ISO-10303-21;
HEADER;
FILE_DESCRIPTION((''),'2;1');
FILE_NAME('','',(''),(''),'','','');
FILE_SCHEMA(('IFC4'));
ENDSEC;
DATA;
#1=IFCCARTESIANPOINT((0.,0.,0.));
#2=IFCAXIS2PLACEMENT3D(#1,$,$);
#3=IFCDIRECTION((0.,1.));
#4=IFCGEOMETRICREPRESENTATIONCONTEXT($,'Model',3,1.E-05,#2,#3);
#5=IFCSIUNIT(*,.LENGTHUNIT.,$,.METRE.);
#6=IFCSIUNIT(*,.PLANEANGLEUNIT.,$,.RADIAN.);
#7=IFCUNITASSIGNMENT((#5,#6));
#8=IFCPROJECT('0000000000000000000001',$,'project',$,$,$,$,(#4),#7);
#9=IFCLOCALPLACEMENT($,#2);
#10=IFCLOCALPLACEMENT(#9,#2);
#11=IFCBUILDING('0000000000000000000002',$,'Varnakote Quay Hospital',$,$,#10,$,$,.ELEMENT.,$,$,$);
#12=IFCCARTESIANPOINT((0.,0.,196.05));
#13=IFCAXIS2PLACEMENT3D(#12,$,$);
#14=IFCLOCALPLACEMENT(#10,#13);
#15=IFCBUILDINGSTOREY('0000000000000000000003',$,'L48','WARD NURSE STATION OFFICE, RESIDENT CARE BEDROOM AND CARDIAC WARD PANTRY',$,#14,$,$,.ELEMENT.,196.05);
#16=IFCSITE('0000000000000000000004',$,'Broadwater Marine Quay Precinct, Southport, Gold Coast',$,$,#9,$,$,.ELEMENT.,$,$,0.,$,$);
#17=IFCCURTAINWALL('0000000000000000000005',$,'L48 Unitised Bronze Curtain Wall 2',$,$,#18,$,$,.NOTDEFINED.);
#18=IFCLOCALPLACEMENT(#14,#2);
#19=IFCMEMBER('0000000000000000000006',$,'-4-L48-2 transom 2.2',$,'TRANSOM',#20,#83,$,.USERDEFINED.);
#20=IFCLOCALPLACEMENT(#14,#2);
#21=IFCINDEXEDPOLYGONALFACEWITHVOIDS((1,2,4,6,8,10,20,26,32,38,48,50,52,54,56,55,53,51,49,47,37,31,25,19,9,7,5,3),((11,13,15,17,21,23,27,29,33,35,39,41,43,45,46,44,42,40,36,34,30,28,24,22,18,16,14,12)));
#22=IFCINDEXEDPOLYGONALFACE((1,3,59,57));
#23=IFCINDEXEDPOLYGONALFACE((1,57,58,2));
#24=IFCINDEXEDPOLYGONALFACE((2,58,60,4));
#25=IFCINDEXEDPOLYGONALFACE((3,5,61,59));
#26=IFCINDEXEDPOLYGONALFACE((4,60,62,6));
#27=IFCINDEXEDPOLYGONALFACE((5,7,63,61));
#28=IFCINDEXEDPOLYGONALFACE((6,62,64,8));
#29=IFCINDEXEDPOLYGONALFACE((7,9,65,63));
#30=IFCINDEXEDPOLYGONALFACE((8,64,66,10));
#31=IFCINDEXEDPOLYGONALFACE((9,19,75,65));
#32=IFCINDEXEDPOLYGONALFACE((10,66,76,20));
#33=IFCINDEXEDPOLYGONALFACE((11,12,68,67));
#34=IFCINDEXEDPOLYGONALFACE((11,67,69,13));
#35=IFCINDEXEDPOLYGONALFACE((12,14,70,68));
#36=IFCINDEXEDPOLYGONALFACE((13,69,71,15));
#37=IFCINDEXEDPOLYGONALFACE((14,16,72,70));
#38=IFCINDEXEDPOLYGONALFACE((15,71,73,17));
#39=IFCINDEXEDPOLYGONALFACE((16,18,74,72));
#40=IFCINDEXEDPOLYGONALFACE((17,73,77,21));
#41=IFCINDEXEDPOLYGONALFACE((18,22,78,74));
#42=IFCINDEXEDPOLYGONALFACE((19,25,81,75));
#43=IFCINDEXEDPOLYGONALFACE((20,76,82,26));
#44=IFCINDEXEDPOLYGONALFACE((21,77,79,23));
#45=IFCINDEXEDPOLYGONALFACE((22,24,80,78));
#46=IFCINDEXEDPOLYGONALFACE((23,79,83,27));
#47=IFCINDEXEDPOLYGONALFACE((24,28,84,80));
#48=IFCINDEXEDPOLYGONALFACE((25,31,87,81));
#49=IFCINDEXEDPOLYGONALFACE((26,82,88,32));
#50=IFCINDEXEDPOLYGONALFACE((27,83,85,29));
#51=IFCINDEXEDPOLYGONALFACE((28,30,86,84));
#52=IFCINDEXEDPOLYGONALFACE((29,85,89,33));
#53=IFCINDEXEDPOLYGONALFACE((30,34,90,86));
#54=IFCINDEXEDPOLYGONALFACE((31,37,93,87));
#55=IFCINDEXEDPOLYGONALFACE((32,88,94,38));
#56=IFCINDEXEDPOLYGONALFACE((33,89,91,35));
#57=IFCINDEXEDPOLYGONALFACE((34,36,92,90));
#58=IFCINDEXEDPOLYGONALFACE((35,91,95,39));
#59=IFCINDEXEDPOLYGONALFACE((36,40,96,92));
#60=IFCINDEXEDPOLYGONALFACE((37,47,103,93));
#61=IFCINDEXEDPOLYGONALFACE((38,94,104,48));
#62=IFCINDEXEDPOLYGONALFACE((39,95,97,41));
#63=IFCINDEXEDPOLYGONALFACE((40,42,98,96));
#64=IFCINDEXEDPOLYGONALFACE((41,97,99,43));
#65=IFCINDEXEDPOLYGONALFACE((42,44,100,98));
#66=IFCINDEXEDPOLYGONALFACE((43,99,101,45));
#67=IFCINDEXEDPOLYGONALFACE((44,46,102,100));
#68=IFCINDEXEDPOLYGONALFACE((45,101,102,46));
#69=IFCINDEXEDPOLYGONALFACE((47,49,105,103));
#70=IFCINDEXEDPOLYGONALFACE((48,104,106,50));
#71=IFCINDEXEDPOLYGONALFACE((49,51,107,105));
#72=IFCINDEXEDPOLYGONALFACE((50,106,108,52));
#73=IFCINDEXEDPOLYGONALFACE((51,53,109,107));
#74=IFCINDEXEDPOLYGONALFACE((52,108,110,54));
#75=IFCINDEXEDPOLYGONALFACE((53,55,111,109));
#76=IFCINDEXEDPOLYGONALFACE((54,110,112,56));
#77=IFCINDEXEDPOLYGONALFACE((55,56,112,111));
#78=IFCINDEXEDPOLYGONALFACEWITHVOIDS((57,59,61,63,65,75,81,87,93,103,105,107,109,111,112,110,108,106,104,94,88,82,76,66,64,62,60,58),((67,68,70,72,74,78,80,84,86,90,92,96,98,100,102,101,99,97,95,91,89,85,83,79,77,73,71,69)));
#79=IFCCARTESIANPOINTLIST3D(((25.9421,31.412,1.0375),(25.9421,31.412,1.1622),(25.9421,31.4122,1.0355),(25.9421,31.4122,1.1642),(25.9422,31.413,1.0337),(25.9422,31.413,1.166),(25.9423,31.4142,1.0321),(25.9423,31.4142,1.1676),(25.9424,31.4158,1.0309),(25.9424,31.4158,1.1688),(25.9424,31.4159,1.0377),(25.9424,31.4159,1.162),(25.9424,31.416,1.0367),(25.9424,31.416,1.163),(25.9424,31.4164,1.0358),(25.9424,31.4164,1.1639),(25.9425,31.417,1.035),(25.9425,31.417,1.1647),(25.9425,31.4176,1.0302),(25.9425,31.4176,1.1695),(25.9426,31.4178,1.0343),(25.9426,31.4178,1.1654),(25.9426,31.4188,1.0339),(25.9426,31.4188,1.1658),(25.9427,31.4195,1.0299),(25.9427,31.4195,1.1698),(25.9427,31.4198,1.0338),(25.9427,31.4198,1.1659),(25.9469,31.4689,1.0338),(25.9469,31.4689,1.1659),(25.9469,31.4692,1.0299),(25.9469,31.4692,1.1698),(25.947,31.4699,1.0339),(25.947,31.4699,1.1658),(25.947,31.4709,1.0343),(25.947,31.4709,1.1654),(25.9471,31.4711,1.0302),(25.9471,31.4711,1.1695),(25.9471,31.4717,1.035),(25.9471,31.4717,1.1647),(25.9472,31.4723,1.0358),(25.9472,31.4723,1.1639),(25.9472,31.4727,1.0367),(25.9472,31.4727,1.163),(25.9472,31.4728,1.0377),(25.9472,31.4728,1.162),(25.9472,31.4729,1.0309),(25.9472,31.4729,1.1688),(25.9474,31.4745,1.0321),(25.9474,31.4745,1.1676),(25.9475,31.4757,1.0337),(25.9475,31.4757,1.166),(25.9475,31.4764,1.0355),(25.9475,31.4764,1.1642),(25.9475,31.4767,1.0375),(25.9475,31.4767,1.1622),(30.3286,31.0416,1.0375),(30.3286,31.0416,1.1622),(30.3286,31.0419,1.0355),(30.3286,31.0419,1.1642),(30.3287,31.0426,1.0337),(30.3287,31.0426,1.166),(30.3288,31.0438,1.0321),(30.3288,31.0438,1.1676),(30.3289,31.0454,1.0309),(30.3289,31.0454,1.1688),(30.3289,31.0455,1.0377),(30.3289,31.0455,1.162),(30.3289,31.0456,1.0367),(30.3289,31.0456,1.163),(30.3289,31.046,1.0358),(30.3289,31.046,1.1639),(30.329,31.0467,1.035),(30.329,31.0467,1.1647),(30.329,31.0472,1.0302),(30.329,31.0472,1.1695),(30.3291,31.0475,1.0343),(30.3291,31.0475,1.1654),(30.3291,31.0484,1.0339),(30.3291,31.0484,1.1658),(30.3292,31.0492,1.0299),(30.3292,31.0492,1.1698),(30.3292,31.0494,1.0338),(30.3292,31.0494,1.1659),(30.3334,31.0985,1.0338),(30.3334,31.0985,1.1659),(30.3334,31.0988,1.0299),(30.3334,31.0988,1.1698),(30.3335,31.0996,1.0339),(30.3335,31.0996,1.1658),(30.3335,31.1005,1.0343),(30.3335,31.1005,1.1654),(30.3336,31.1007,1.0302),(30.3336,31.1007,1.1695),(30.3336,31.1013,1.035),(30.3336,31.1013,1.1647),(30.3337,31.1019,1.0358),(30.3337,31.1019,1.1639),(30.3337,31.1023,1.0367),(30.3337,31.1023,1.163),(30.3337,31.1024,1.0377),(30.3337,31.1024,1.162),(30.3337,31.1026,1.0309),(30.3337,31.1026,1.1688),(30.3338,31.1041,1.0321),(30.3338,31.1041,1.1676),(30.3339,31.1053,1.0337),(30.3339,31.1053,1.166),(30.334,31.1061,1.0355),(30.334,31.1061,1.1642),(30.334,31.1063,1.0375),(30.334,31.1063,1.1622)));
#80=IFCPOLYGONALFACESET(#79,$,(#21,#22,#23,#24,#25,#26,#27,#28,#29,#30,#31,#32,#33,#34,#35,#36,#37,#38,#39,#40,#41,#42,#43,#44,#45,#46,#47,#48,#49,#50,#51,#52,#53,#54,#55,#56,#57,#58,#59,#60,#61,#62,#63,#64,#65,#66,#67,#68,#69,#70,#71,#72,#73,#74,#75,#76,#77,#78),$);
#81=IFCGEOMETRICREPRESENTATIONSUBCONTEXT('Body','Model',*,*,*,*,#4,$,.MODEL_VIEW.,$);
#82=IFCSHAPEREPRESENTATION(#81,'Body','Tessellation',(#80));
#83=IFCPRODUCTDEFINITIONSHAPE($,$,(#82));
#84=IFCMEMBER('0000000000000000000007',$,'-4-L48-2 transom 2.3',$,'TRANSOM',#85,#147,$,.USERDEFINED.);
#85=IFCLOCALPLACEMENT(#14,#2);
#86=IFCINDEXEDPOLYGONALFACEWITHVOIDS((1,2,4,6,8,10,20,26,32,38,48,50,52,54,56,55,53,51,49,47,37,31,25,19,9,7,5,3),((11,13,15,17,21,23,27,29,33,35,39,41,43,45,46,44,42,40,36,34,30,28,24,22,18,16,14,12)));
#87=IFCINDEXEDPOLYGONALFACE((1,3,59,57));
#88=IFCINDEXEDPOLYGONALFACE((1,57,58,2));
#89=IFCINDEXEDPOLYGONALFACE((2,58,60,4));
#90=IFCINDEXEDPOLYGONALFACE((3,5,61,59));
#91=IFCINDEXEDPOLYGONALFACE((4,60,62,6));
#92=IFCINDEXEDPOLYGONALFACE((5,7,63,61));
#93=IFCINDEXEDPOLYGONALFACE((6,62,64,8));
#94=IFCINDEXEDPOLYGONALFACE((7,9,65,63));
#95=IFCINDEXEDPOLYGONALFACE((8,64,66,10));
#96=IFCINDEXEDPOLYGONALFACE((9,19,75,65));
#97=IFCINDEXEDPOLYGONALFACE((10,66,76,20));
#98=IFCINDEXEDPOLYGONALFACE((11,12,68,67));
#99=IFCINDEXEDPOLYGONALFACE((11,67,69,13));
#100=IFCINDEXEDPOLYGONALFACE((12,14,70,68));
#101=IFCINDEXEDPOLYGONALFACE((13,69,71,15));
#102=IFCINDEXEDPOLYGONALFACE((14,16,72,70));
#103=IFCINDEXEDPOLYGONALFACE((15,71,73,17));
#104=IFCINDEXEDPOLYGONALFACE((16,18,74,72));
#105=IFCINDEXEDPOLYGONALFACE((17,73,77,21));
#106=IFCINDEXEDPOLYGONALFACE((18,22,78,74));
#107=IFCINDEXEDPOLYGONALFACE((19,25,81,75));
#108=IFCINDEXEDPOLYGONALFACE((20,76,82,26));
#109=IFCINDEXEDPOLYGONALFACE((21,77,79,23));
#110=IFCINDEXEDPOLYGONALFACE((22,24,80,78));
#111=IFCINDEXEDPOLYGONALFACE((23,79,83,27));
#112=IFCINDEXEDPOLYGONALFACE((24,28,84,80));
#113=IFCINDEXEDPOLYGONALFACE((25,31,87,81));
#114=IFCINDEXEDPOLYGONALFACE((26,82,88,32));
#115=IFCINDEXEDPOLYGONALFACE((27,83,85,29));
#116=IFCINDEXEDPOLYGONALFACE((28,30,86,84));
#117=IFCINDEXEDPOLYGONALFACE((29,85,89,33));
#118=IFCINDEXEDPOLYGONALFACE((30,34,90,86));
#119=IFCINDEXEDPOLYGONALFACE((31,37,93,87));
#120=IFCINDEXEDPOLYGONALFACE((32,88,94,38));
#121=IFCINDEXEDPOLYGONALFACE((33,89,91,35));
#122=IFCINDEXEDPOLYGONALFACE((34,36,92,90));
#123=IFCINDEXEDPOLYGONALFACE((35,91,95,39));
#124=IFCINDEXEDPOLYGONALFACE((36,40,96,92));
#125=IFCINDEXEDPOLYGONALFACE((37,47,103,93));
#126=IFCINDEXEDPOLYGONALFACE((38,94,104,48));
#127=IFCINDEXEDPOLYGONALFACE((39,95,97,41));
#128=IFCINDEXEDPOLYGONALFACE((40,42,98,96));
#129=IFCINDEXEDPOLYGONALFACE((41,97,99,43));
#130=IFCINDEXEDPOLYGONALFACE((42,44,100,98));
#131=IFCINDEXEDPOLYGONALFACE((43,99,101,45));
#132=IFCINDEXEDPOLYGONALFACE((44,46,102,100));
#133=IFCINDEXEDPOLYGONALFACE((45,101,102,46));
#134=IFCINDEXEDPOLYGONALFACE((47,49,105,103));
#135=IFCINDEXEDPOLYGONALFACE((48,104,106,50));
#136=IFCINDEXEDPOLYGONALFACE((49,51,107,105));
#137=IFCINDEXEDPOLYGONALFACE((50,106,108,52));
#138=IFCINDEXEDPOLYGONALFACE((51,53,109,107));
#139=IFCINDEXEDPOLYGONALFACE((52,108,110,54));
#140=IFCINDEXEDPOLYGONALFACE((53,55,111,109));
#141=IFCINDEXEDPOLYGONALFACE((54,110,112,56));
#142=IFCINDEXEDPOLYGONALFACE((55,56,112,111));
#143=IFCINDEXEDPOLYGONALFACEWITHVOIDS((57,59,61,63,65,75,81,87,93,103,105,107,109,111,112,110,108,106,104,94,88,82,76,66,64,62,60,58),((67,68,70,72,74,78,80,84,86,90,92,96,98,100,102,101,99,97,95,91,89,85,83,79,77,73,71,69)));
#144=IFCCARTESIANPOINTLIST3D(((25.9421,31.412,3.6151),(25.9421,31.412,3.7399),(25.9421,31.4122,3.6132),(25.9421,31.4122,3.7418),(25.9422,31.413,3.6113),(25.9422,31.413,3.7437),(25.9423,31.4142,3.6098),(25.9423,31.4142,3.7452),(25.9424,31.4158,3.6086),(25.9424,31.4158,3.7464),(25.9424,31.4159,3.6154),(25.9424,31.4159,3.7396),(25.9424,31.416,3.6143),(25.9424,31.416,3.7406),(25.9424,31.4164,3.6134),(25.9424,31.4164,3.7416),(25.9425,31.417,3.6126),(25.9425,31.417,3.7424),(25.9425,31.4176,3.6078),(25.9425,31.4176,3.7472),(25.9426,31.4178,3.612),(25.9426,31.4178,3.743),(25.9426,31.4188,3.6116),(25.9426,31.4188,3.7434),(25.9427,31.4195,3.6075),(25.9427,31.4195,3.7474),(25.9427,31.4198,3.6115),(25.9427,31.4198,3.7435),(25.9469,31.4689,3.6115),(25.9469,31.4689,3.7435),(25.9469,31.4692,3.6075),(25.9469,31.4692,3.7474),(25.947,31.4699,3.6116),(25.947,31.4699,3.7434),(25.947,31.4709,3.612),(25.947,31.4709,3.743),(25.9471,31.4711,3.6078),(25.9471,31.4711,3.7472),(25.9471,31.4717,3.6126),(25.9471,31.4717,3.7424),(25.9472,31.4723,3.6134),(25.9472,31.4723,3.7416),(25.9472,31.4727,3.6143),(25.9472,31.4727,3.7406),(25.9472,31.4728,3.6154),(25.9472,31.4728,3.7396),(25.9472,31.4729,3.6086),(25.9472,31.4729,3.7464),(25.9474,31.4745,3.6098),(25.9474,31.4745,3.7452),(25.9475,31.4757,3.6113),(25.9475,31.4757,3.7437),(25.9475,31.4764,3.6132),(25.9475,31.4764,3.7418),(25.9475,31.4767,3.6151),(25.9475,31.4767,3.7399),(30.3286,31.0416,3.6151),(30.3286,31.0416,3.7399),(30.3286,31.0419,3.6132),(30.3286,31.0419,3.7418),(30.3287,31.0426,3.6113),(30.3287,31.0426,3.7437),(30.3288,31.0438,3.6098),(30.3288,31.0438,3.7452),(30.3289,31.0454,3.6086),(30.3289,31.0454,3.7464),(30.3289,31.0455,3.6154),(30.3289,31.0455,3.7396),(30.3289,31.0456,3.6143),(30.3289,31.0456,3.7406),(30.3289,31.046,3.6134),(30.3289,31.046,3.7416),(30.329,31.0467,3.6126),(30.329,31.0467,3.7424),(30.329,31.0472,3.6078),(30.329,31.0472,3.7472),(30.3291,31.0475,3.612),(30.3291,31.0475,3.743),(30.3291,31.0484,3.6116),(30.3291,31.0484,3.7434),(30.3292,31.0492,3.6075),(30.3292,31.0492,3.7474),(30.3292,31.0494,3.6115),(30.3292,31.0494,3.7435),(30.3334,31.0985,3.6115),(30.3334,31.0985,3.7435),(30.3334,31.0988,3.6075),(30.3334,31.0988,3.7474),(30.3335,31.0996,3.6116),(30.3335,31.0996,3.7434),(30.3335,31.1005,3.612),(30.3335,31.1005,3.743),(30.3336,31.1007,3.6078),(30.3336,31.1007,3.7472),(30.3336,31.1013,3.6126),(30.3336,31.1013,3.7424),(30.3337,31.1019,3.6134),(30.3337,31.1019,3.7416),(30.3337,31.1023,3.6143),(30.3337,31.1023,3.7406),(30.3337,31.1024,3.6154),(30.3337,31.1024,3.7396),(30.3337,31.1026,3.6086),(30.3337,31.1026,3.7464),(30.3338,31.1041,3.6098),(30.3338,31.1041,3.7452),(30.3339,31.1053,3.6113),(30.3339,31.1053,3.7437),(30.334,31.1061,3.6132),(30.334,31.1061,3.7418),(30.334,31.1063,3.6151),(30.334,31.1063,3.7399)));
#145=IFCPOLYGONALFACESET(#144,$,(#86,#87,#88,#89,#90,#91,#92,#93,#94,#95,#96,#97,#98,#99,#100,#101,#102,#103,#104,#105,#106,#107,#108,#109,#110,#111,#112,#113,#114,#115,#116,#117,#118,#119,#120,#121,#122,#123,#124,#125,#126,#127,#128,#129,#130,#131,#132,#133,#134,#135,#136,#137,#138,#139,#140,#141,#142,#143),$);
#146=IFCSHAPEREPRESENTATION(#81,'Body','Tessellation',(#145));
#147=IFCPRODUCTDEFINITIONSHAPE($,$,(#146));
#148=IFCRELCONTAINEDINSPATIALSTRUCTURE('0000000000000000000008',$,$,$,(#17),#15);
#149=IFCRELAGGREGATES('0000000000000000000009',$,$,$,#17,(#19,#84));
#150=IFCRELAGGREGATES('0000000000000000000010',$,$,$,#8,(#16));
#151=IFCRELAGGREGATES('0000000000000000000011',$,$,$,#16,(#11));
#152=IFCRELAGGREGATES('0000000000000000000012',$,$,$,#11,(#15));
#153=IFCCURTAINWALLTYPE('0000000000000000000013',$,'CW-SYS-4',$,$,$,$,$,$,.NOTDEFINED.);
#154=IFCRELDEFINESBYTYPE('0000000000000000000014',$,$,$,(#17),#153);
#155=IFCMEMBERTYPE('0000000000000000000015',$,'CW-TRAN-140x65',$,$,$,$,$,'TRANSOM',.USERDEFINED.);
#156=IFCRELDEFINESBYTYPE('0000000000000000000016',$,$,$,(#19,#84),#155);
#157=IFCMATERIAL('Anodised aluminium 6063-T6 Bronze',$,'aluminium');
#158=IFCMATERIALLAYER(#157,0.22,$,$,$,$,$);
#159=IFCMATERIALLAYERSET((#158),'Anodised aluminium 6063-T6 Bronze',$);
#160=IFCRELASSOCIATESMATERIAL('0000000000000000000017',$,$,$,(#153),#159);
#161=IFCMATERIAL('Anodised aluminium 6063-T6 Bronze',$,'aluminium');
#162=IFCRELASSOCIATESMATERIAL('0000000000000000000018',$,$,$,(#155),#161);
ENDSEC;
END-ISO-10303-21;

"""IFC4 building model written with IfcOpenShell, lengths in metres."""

from ifc_helpers import new_model, si_unit, direction, frame, origin, origin_2d, place, context, subcontext, project, spatial, hollow_rectangle, extrude, material, layer, layer_set, material_profile, profile_set, type_object, element, aggregate, save


model = new_model("IFC4")

# Units and contexts
model_context = context("Model", 3, precision=1e-05, world=origin(), true_north=direction((0.0, 1.0)))
body_context = subcontext(model_context, "Body", "Model", "MODEL_VIEW")
ifc_project = project(units=[si_unit("LENGTHUNIT", "METRE"), si_unit("PLANEANGLEUNIT", "RADIAN")], contexts=[model_context])

# Site, building, storey
site_placement = place(None, origin())
site = spatial("IfcSite", under=ifc_project, at=site_placement, Name="Broadwater Marine Quay Precinct, Southport, Gold Coast", CompositionType="ELEMENT", RefElevation=0.0)
building_placement = place(site_placement, origin())
building = spatial("IfcBuilding", under=site, at=building_placement, Name="Varnakote Quay Hospital", CompositionType="ELEMENT")
storey_placement = place(building_placement, frame((0.0, 0.0, 196.05)))
storey = spatial("IfcBuildingStorey", under=building, at=storey_placement, Name="L48", Description="WARD NURSE STATION OFFICE, RESIDENT CARE BEDROOM AND CARDIAC WARD PANTRY", CompositionType="ELEMENT", Elevation=196.05)

# Curtain wall, members
ifc_material_1 = material(Name="Anodised aluminium 6063-T6 Bronze", Category="aluminium")
ifc_layer_1 = layer(ifc_material_1, 0.22)
ifc_layer_set_1 = layer_set([ifc_layer_1], Name="Anodised aluminium 6063-T6 Bronze")
curtain_wall_type = type_object("IfcCurtainWallType", Name="CW-SYS-4", PredefinedType="NOTDEFINED", material=ifc_layer_set_1)
curtain_wall_placement = place(storey_placement, origin())
curtain_wall = element("IfcCurtainWall", 1, at=curtain_wall_placement, inside=storey, type_object=curtain_wall_type, Name="L48 Unitised Bronze Curtain Wall 2", PredefinedType="NOTDEFINED")
ifc_material_2 = material(Name="Anodised aluminium 6063-T6 Bronze", Category="aluminium")
ifc_material_profile_1 = material_profile(ifc_material_2, hollow_rectangle(XDim=0.0649, YDim=0.1399, WallThickness=0.0039, InnerFilletRadius=0.0039, OuterFilletRadius=0.0076, at=origin_2d()), Name="CW-TRAN-140x65")
ifc_profile_set_1 = profile_set([ifc_material_profile_1], Name="Anodised aluminium 6063-T6 Bronze")
member_type_1 = type_object("IfcMemberType", Name="CW-TRAN-140x65", ElementType="TRANSOM", PredefinedType="USERDEFINED", material=ifc_profile_set_1)
member_1_placement = place(storey_placement, frame((30.3313, 31.074, 1.0999), z_axis=(-0.996455, 0.084133, 0.0), x_axis=(-0.084133, -0.996455, 0.0)))
member_1 = element("IfcMember", 2, at=member_1_placement, type_object=member_type_1, Name="-4-L48-2 transom 2.2", ObjectType="TRANSOM", PredefinedType="USERDEFINED", context=body_context, shape_type="SweptSolid", body=[
    extrude(hollow_rectangle(XDim=0.0649, YDim=0.1399, WallThickness=0.0039, InnerFilletRadius=0.0039, OuterFilletRadius=0.0076, at=origin_2d()), origin(), (0.0, 0.0, 1.0), 4.4021),
])
member_2_placement = place(storey_placement, frame((30.3313, 31.074, 3.6775), z_axis=(-0.996455, 0.084133, 0.0), x_axis=(-0.084133, -0.996455, 0.0)))
member_2 = element("IfcMember", 3, at=member_2_placement, type_object=member_type_1, Name="-4-L48-2 transom 2.3", ObjectType="TRANSOM", PredefinedType="USERDEFINED", context=body_context, shape_type="SweptSolid", body=[
    extrude(hollow_rectangle(XDim=0.0649, YDim=0.1399, WallThickness=0.0039, InnerFilletRadius=0.0039, OuterFilletRadius=0.0076, at=origin_2d()), origin(), (0.0, 0.0, 1.0), 4.4021),
])

aggregate(curtain_wall, [member_1, member_2])

save(model, "model.ifc")
